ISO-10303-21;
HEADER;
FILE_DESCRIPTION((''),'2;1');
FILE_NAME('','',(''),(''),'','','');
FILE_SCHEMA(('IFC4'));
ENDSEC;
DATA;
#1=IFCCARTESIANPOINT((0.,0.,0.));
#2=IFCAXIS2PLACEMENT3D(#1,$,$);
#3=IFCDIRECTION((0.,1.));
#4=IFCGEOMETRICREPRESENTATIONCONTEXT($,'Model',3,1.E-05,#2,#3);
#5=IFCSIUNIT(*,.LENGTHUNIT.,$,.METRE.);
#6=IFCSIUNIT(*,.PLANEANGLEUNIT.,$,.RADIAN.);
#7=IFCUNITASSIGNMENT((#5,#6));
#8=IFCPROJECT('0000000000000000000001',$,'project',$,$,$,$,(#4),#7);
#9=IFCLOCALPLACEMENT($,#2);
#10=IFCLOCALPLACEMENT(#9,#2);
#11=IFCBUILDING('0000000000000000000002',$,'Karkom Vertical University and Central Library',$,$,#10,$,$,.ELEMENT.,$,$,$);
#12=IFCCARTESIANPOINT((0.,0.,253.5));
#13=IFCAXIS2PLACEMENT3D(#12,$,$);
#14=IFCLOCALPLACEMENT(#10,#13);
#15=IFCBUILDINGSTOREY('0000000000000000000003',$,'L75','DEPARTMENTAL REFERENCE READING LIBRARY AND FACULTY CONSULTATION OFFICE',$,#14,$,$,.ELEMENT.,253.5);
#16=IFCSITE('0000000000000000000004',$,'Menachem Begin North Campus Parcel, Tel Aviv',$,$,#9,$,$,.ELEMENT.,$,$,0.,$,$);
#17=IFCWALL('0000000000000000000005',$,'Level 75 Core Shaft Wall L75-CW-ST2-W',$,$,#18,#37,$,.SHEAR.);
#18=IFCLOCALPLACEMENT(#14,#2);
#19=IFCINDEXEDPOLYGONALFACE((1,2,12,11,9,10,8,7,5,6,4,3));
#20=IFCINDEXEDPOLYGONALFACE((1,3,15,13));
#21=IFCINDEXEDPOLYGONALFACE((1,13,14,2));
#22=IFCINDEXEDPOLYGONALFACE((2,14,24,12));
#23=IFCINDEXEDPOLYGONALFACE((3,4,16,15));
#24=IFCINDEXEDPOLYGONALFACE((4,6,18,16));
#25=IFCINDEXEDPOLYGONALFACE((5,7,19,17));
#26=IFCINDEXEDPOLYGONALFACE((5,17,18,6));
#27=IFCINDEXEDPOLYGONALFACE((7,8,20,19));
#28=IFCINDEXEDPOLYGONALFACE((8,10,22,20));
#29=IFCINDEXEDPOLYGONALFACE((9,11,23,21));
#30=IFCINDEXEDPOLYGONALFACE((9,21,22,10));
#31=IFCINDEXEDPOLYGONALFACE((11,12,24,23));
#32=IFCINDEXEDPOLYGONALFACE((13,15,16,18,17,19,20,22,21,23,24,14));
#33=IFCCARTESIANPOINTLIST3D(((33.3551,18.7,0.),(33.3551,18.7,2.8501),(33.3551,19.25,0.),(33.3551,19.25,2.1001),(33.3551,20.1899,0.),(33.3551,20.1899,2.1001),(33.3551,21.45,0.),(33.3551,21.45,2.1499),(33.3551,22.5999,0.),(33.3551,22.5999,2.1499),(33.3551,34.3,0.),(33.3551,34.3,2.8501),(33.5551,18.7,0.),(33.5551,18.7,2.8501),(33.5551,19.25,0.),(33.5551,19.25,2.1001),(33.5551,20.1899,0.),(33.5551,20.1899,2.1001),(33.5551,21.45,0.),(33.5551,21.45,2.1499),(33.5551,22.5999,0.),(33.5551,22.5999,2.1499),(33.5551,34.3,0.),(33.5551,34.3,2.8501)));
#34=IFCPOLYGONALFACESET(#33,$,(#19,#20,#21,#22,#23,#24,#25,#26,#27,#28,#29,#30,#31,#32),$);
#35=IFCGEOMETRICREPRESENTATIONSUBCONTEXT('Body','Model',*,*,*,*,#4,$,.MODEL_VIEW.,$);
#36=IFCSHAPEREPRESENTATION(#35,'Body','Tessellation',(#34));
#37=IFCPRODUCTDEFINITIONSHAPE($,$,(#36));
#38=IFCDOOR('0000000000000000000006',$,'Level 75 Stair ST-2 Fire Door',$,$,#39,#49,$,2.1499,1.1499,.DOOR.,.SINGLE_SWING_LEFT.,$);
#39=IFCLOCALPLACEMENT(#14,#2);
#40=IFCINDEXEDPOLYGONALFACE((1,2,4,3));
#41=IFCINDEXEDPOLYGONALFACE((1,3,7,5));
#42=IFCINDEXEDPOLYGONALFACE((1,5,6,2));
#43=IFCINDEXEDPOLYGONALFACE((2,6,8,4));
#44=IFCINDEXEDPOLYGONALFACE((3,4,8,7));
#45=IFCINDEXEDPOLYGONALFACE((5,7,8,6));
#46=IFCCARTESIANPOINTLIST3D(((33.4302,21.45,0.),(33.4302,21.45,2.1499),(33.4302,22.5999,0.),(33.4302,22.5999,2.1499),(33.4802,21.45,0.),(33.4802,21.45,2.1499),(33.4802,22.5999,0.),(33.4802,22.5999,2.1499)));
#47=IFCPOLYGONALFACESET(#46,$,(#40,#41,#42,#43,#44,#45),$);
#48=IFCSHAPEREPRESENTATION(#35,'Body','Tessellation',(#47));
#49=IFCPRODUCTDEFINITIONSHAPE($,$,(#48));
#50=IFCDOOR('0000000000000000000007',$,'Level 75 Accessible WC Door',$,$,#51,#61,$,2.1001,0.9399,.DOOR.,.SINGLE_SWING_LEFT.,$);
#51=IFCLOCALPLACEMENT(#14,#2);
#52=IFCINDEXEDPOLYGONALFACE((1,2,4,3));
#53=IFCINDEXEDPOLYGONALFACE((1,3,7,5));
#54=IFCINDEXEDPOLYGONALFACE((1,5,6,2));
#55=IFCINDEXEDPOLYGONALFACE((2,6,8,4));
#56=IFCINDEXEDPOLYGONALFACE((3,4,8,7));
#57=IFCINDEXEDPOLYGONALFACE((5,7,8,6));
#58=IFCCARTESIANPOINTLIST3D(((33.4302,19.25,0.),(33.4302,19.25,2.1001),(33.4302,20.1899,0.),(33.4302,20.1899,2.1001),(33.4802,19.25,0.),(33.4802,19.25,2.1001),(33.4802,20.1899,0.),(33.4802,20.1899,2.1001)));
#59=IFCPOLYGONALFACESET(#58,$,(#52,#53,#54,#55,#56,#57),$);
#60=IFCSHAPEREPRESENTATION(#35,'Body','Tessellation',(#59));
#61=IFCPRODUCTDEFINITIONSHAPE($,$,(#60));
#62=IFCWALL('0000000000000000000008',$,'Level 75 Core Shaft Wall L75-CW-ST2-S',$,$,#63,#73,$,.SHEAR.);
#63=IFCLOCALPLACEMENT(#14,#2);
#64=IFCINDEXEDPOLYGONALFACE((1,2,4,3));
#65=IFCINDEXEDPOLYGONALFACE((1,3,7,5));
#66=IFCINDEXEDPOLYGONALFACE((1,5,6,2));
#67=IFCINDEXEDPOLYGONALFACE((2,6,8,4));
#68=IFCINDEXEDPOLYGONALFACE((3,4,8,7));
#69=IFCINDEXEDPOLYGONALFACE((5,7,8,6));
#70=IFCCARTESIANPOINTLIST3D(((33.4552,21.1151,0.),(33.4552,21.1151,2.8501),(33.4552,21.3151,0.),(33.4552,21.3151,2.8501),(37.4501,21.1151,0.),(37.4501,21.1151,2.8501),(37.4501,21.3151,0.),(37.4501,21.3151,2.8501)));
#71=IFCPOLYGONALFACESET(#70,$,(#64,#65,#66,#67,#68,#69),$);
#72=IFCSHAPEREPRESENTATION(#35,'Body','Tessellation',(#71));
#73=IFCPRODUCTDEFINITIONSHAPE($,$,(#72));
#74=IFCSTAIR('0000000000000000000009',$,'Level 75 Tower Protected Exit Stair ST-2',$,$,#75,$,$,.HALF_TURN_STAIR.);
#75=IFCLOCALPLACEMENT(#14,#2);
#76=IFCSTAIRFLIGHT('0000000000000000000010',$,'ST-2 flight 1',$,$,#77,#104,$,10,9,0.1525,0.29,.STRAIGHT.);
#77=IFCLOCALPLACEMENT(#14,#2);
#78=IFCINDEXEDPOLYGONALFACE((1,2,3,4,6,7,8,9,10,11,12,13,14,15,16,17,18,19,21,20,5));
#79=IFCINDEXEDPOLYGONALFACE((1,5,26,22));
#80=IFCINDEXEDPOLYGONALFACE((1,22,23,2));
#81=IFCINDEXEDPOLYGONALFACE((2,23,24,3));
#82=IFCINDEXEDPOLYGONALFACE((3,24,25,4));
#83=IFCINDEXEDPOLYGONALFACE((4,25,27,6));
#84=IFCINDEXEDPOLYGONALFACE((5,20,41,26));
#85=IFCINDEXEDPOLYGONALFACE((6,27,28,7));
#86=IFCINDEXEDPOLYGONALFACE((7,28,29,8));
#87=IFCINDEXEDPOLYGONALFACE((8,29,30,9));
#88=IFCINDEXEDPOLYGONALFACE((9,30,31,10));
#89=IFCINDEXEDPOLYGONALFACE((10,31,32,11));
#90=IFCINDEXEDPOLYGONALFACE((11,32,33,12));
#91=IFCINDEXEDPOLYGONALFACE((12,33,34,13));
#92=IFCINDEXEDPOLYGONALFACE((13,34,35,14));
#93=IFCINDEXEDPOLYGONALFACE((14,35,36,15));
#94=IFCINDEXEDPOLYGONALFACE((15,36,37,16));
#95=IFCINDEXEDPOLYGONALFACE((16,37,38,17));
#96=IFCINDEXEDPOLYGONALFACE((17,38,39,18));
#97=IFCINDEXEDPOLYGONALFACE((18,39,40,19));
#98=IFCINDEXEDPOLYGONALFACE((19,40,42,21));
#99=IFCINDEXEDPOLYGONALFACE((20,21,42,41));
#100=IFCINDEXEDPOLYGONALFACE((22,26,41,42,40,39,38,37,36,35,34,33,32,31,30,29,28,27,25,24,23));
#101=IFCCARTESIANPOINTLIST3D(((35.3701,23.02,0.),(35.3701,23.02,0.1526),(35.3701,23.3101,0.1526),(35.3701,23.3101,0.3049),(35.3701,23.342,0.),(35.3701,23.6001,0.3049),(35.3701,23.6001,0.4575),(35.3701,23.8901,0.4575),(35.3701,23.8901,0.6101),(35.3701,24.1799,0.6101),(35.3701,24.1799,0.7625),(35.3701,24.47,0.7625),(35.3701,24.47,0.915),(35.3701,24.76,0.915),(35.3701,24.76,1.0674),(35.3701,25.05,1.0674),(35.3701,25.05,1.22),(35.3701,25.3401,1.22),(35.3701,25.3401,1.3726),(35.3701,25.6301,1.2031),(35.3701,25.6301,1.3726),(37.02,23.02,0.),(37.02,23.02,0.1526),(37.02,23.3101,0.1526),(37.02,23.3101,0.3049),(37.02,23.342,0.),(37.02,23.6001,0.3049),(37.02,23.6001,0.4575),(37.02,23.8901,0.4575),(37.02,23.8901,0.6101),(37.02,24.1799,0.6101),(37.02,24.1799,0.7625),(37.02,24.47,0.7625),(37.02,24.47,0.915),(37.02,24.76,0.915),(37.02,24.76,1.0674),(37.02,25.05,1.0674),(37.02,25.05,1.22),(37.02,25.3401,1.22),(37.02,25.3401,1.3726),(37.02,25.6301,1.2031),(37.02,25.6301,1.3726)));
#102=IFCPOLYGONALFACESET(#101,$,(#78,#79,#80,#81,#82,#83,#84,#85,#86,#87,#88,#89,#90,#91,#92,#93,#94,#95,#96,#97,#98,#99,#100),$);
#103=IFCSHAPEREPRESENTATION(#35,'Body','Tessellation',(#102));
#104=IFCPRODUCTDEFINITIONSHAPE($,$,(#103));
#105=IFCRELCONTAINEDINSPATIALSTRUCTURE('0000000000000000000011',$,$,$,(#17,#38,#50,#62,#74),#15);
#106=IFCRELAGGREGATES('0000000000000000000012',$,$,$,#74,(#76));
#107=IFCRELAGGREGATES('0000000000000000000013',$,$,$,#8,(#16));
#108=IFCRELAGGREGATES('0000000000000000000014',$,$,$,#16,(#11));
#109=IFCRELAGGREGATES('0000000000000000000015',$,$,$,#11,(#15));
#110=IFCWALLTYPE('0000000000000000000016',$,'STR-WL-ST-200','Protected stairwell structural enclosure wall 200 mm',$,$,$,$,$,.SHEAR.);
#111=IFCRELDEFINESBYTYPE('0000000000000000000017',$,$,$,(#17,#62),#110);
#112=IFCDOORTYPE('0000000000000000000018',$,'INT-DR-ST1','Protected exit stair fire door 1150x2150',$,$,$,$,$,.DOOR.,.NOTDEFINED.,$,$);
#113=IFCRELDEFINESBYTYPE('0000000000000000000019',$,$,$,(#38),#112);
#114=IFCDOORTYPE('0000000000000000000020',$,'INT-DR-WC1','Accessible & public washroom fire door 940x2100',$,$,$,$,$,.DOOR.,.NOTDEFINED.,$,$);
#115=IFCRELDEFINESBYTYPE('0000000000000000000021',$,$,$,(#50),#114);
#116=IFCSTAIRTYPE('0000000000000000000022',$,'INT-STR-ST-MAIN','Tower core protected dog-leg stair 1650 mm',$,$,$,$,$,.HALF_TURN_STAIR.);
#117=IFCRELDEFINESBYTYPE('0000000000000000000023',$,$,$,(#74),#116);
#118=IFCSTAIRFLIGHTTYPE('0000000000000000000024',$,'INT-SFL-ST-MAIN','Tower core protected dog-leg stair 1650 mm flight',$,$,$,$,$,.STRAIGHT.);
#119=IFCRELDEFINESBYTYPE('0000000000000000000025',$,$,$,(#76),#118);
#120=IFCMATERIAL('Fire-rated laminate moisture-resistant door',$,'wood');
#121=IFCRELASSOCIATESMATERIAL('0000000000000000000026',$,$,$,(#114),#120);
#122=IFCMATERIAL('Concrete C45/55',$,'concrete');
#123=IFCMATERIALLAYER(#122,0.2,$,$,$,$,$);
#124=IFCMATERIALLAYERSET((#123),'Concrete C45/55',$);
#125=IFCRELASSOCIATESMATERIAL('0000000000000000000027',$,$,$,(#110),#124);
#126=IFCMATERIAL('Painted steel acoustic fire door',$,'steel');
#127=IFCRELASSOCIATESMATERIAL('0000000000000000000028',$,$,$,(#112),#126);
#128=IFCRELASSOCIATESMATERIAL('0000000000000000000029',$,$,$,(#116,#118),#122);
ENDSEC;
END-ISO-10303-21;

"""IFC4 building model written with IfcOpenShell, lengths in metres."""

from ifc_helpers import new_model, si_unit, direction, frame, frame_2d, origin, origin_with_axes, place, context, subcontext, project, spatial, polyline, rectangle, outline, extrude, source, transform, mapped, material, layer, layer_set, type_object, element, fill, aggregate, save


model = new_model("IFC4")

# Units and contexts
model_context = context("Model", 3, precision=1e-05, world=origin(), true_north=direction((0.0, 1.0)))
body_context = subcontext(model_context, "Body", "Model", "MODEL_VIEW")
ifc_project = project(units=[si_unit("LENGTHUNIT", "METRE"), si_unit("PLANEANGLEUNIT", "RADIAN")], contexts=[model_context])

# Site, building, storey
site_placement = place(None, origin())
site = spatial("IfcSite", under=ifc_project, at=site_placement, Name="Menachem Begin North Campus Parcel, Tel Aviv", CompositionType="ELEMENT", RefElevation=0.0)
building_placement = place(site_placement, origin())
building = spatial("IfcBuilding", under=site, at=building_placement, Name="Karkom Vertical University and Central Library", CompositionType="ELEMENT")
storey_placement = place(building_placement, frame((0.0, 0.0, 253.5)))
storey = spatial("IfcBuildingStorey", under=building, at=storey_placement, Name="L75", Description="DEPARTMENTAL REFERENCE READING LIBRARY AND FACULTY CONSULTATION OFFICE", CompositionType="ELEMENT", Elevation=253.5)

# Shared definitions
ifc_material_1 = material(Name="Concrete C45/55", Category="concrete")

# Shared definitions
ifc_material_2 = material(Name="Fire-rated laminate moisture-resistant door", Category="wood")
door_type_1 = type_object("IfcDoorType", Name="INT-DR-WC1", Description="Accessible & public washroom fire door 940x2100", OperationType="NOTDEFINED", PredefinedType="DOOR", material=ifc_material_2)
shared_shape_1 = source(origin_with_axes(), body_context, "Body", "SweptSolid", [
    extrude(rectangle(XDim=0.9399, YDim=2.1001, at=frame_2d((0.47, 1.05))), frame((0.0, 0.0249, 0.0), z_axis=(0.0, -1.0, 0.0), x_axis=(1.0, 0.0, 0.0)), (0.0, 0.0, 1.0), 0.05),
])

# Wall, openings, doors
ifc_layer_1 = layer(ifc_material_1, 0.2)
ifc_layer_set_1 = layer_set([ifc_layer_1], Name="Concrete C45/55")
wall_type_1 = type_object("IfcWallType", Name="STR-WL-ST-200", Description="Protected stairwell structural enclosure wall 200 mm", PredefinedType="SHEAR", material=ifc_layer_set_1)
wall_1_placement = place(storey_placement, frame((33.4551, 18.7, 0.0), z_axis=(0.0, 0.0, 1.0), x_axis=(0.0, 1.0, 0.0)))
wall_1 = element("IfcWall", 1, at=wall_1_placement, inside=storey, type_object=wall_type_1, Name="Level 75 Core Shaft Wall L75-CW-ST2-W", PredefinedType="SHEAR", context=body_context, shape_type="SweptSolid", body=[
    extrude(rectangle(XDim=15.6001, YDim=0.2, at=frame_2d((7.8, 0.0))), origin(), (0.0, 0.0, 1.0), 2.8501),
])
opening_1_placement = place(wall_1_placement, frame((2.75, 0.0, 0.0)))
opening_1 = element("IfcOpeningElement", 2, at=opening_1_placement, cuts=wall_1, PredefinedType="OPENING", context=body_context, shape_type="SweptSolid", body=[
    extrude(rectangle(XDim=1.1499, YDim=2.1499, at=frame_2d((0.575, 1.075))), frame((0.0, 0.1099, 0.0), z_axis=(0.0, -1.0, 0.0), x_axis=(1.0, 0.0, 0.0)), (0.0, 0.0, 1.0), 0.22),
])
opening_2_placement = place(wall_1_placement, frame((0.55, 0.0, 0.0)))
opening_2 = element("IfcOpeningElement", 3, at=opening_2_placement, cuts=wall_1, PredefinedType="OPENING", context=body_context, shape_type="SweptSolid", body=[
    extrude(rectangle(XDim=0.9399, YDim=2.1001, at=frame_2d((0.47, 1.05))), frame((0.0, 0.1099, 0.0), z_axis=(0.0, -1.0, 0.0), x_axis=(1.0, 0.0, 0.0)), (0.0, 0.0, 1.0), 0.22),
])
ifc_material_3 = material(Name="Painted steel acoustic fire door", Category="steel")
door_type_2 = type_object("IfcDoorType", Name="INT-DR-ST1", Description="Protected exit stair fire door 1150x2150", OperationType="NOTDEFINED", PredefinedType="DOOR", material=ifc_material_3)
shared_shape_2 = source(origin_with_axes(), body_context, "Body", "SweptSolid", [
    extrude(rectangle(XDim=1.1499, YDim=2.1499, at=frame_2d((0.575, 1.075))), frame((0.0, 0.0249, 0.0), z_axis=(0.0, -1.0, 0.0), x_axis=(1.0, 0.0, 0.0)), (0.0, 0.0, 1.0), 0.05),
])
door_1_placement = place(opening_1_placement, origin())
door_1 = element("IfcDoor", 4, at=door_1_placement, inside=storey, type_object=door_type_2, Name="Level 75 Stair ST-2 Fire Door", OperationType="SINGLE_SWING_LEFT", OverallHeight=2.1499, OverallWidth=1.1499, PredefinedType="DOOR", context=body_context, shape_type="MappedRepresentation", body=[
    mapped(shared_shape_2, transform((0.0, 0.0, 0.0), scale=1.0)),
])
fill(opening_1, door_1)
door_2_placement = place(opening_2_placement, origin())
door_2 = element("IfcDoor", 5, at=door_2_placement, inside=storey, type_object=door_type_1, Name="Level 75 Accessible WC Door", OperationType="SINGLE_SWING_LEFT", OverallHeight=2.1001, OverallWidth=0.9399, PredefinedType="DOOR", context=body_context, shape_type="MappedRepresentation", body=[
    mapped(shared_shape_1, transform((0.0, 0.0, 0.0), scale=1.0)),
])
fill(opening_2, door_2)

# Wall
wall_2_placement = place(storey_placement, frame((33.4551, 21.2151, 0.0), z_axis=(0.0, 0.0, 1.0), x_axis=(1.0, 0.0, 0.0)))
element("IfcWall", 6, at=wall_2_placement, inside=storey, type_object=wall_type_1, Name="Level 75 Core Shaft Wall L75-CW-ST2-S", PredefinedType="SHEAR", context=body_context, shape_type="SweptSolid", body=[
    extrude(rectangle(XDim=3.9949, YDim=0.2, at=frame_2d((1.9976, 0.0))), origin(), (0.0, 0.0, 1.0), 2.8501),
])

# Stair, stair flight
stair_type = type_object("IfcStairType", Name="INT-STR-ST-MAIN", Description="Tower core protected dog-leg stair 1650 mm", PredefinedType="HALF_TURN_STAIR", material=ifc_material_1)
stair_placement = place(storey_placement, origin())
stair = element("IfcStair", 7, at=stair_placement, inside=storey, type_object=stair_type, Name="Level 75 Tower Protected Exit Stair ST-2", PredefinedType="HALF_TURN_STAIR")
stair_flight_type = type_object("IfcStairFlightType", Name="INT-SFL-ST-MAIN", Description="Tower core protected dog-leg stair 1650 mm flight", PredefinedType="STRAIGHT", material=ifc_material_1)
stair_flight_placement = place(storey_placement, frame((36.1951, 23.02, 0.0), z_axis=(0.0, 0.0, 1.0), x_axis=(0.0, 1.0, 0.0)))
stair_flight = element("IfcStairFlight", 8, at=stair_flight_placement, type_object=stair_flight_type, Name="ST-2 flight 1", NumberOfRisers=10, NumberOfTreads=9, PredefinedType="STRAIGHT", RiserHeight=0.1525, TreadLength=0.29, context=body_context, shape_type="SweptSolid", body=[
    extrude(outline(polyline([(0.0, 0.0), (0.0, 0.1526), (0.29, 0.1526), (0.29, 0.3049), (0.5801, 0.3049), (0.5801, 0.4575), (0.8701, 0.4575), (0.8701, 0.6101), (1.1599, 0.6101), (1.1599, 0.7625), (1.45, 0.7625), (1.45, 0.915), (1.74, 0.915), (1.74, 1.0674), (2.03, 1.0674), (2.03, 1.22), (2.3201, 1.22), (2.3201, 1.3726), (2.6101, 1.3726), (2.6101, 1.5249), (2.6101, 1.2031), (0.322, 0.0), (0.0, 0.0)])), frame((0.0, 0.825, 0.0), z_axis=(0.0, -1.0, 0.0), x_axis=(1.0, 0.0, 0.0)), (0.0, 0.0, 1.0), 1.6499),
])
aggregate(stair, [stair_flight])

save(model, "model.ifc")
